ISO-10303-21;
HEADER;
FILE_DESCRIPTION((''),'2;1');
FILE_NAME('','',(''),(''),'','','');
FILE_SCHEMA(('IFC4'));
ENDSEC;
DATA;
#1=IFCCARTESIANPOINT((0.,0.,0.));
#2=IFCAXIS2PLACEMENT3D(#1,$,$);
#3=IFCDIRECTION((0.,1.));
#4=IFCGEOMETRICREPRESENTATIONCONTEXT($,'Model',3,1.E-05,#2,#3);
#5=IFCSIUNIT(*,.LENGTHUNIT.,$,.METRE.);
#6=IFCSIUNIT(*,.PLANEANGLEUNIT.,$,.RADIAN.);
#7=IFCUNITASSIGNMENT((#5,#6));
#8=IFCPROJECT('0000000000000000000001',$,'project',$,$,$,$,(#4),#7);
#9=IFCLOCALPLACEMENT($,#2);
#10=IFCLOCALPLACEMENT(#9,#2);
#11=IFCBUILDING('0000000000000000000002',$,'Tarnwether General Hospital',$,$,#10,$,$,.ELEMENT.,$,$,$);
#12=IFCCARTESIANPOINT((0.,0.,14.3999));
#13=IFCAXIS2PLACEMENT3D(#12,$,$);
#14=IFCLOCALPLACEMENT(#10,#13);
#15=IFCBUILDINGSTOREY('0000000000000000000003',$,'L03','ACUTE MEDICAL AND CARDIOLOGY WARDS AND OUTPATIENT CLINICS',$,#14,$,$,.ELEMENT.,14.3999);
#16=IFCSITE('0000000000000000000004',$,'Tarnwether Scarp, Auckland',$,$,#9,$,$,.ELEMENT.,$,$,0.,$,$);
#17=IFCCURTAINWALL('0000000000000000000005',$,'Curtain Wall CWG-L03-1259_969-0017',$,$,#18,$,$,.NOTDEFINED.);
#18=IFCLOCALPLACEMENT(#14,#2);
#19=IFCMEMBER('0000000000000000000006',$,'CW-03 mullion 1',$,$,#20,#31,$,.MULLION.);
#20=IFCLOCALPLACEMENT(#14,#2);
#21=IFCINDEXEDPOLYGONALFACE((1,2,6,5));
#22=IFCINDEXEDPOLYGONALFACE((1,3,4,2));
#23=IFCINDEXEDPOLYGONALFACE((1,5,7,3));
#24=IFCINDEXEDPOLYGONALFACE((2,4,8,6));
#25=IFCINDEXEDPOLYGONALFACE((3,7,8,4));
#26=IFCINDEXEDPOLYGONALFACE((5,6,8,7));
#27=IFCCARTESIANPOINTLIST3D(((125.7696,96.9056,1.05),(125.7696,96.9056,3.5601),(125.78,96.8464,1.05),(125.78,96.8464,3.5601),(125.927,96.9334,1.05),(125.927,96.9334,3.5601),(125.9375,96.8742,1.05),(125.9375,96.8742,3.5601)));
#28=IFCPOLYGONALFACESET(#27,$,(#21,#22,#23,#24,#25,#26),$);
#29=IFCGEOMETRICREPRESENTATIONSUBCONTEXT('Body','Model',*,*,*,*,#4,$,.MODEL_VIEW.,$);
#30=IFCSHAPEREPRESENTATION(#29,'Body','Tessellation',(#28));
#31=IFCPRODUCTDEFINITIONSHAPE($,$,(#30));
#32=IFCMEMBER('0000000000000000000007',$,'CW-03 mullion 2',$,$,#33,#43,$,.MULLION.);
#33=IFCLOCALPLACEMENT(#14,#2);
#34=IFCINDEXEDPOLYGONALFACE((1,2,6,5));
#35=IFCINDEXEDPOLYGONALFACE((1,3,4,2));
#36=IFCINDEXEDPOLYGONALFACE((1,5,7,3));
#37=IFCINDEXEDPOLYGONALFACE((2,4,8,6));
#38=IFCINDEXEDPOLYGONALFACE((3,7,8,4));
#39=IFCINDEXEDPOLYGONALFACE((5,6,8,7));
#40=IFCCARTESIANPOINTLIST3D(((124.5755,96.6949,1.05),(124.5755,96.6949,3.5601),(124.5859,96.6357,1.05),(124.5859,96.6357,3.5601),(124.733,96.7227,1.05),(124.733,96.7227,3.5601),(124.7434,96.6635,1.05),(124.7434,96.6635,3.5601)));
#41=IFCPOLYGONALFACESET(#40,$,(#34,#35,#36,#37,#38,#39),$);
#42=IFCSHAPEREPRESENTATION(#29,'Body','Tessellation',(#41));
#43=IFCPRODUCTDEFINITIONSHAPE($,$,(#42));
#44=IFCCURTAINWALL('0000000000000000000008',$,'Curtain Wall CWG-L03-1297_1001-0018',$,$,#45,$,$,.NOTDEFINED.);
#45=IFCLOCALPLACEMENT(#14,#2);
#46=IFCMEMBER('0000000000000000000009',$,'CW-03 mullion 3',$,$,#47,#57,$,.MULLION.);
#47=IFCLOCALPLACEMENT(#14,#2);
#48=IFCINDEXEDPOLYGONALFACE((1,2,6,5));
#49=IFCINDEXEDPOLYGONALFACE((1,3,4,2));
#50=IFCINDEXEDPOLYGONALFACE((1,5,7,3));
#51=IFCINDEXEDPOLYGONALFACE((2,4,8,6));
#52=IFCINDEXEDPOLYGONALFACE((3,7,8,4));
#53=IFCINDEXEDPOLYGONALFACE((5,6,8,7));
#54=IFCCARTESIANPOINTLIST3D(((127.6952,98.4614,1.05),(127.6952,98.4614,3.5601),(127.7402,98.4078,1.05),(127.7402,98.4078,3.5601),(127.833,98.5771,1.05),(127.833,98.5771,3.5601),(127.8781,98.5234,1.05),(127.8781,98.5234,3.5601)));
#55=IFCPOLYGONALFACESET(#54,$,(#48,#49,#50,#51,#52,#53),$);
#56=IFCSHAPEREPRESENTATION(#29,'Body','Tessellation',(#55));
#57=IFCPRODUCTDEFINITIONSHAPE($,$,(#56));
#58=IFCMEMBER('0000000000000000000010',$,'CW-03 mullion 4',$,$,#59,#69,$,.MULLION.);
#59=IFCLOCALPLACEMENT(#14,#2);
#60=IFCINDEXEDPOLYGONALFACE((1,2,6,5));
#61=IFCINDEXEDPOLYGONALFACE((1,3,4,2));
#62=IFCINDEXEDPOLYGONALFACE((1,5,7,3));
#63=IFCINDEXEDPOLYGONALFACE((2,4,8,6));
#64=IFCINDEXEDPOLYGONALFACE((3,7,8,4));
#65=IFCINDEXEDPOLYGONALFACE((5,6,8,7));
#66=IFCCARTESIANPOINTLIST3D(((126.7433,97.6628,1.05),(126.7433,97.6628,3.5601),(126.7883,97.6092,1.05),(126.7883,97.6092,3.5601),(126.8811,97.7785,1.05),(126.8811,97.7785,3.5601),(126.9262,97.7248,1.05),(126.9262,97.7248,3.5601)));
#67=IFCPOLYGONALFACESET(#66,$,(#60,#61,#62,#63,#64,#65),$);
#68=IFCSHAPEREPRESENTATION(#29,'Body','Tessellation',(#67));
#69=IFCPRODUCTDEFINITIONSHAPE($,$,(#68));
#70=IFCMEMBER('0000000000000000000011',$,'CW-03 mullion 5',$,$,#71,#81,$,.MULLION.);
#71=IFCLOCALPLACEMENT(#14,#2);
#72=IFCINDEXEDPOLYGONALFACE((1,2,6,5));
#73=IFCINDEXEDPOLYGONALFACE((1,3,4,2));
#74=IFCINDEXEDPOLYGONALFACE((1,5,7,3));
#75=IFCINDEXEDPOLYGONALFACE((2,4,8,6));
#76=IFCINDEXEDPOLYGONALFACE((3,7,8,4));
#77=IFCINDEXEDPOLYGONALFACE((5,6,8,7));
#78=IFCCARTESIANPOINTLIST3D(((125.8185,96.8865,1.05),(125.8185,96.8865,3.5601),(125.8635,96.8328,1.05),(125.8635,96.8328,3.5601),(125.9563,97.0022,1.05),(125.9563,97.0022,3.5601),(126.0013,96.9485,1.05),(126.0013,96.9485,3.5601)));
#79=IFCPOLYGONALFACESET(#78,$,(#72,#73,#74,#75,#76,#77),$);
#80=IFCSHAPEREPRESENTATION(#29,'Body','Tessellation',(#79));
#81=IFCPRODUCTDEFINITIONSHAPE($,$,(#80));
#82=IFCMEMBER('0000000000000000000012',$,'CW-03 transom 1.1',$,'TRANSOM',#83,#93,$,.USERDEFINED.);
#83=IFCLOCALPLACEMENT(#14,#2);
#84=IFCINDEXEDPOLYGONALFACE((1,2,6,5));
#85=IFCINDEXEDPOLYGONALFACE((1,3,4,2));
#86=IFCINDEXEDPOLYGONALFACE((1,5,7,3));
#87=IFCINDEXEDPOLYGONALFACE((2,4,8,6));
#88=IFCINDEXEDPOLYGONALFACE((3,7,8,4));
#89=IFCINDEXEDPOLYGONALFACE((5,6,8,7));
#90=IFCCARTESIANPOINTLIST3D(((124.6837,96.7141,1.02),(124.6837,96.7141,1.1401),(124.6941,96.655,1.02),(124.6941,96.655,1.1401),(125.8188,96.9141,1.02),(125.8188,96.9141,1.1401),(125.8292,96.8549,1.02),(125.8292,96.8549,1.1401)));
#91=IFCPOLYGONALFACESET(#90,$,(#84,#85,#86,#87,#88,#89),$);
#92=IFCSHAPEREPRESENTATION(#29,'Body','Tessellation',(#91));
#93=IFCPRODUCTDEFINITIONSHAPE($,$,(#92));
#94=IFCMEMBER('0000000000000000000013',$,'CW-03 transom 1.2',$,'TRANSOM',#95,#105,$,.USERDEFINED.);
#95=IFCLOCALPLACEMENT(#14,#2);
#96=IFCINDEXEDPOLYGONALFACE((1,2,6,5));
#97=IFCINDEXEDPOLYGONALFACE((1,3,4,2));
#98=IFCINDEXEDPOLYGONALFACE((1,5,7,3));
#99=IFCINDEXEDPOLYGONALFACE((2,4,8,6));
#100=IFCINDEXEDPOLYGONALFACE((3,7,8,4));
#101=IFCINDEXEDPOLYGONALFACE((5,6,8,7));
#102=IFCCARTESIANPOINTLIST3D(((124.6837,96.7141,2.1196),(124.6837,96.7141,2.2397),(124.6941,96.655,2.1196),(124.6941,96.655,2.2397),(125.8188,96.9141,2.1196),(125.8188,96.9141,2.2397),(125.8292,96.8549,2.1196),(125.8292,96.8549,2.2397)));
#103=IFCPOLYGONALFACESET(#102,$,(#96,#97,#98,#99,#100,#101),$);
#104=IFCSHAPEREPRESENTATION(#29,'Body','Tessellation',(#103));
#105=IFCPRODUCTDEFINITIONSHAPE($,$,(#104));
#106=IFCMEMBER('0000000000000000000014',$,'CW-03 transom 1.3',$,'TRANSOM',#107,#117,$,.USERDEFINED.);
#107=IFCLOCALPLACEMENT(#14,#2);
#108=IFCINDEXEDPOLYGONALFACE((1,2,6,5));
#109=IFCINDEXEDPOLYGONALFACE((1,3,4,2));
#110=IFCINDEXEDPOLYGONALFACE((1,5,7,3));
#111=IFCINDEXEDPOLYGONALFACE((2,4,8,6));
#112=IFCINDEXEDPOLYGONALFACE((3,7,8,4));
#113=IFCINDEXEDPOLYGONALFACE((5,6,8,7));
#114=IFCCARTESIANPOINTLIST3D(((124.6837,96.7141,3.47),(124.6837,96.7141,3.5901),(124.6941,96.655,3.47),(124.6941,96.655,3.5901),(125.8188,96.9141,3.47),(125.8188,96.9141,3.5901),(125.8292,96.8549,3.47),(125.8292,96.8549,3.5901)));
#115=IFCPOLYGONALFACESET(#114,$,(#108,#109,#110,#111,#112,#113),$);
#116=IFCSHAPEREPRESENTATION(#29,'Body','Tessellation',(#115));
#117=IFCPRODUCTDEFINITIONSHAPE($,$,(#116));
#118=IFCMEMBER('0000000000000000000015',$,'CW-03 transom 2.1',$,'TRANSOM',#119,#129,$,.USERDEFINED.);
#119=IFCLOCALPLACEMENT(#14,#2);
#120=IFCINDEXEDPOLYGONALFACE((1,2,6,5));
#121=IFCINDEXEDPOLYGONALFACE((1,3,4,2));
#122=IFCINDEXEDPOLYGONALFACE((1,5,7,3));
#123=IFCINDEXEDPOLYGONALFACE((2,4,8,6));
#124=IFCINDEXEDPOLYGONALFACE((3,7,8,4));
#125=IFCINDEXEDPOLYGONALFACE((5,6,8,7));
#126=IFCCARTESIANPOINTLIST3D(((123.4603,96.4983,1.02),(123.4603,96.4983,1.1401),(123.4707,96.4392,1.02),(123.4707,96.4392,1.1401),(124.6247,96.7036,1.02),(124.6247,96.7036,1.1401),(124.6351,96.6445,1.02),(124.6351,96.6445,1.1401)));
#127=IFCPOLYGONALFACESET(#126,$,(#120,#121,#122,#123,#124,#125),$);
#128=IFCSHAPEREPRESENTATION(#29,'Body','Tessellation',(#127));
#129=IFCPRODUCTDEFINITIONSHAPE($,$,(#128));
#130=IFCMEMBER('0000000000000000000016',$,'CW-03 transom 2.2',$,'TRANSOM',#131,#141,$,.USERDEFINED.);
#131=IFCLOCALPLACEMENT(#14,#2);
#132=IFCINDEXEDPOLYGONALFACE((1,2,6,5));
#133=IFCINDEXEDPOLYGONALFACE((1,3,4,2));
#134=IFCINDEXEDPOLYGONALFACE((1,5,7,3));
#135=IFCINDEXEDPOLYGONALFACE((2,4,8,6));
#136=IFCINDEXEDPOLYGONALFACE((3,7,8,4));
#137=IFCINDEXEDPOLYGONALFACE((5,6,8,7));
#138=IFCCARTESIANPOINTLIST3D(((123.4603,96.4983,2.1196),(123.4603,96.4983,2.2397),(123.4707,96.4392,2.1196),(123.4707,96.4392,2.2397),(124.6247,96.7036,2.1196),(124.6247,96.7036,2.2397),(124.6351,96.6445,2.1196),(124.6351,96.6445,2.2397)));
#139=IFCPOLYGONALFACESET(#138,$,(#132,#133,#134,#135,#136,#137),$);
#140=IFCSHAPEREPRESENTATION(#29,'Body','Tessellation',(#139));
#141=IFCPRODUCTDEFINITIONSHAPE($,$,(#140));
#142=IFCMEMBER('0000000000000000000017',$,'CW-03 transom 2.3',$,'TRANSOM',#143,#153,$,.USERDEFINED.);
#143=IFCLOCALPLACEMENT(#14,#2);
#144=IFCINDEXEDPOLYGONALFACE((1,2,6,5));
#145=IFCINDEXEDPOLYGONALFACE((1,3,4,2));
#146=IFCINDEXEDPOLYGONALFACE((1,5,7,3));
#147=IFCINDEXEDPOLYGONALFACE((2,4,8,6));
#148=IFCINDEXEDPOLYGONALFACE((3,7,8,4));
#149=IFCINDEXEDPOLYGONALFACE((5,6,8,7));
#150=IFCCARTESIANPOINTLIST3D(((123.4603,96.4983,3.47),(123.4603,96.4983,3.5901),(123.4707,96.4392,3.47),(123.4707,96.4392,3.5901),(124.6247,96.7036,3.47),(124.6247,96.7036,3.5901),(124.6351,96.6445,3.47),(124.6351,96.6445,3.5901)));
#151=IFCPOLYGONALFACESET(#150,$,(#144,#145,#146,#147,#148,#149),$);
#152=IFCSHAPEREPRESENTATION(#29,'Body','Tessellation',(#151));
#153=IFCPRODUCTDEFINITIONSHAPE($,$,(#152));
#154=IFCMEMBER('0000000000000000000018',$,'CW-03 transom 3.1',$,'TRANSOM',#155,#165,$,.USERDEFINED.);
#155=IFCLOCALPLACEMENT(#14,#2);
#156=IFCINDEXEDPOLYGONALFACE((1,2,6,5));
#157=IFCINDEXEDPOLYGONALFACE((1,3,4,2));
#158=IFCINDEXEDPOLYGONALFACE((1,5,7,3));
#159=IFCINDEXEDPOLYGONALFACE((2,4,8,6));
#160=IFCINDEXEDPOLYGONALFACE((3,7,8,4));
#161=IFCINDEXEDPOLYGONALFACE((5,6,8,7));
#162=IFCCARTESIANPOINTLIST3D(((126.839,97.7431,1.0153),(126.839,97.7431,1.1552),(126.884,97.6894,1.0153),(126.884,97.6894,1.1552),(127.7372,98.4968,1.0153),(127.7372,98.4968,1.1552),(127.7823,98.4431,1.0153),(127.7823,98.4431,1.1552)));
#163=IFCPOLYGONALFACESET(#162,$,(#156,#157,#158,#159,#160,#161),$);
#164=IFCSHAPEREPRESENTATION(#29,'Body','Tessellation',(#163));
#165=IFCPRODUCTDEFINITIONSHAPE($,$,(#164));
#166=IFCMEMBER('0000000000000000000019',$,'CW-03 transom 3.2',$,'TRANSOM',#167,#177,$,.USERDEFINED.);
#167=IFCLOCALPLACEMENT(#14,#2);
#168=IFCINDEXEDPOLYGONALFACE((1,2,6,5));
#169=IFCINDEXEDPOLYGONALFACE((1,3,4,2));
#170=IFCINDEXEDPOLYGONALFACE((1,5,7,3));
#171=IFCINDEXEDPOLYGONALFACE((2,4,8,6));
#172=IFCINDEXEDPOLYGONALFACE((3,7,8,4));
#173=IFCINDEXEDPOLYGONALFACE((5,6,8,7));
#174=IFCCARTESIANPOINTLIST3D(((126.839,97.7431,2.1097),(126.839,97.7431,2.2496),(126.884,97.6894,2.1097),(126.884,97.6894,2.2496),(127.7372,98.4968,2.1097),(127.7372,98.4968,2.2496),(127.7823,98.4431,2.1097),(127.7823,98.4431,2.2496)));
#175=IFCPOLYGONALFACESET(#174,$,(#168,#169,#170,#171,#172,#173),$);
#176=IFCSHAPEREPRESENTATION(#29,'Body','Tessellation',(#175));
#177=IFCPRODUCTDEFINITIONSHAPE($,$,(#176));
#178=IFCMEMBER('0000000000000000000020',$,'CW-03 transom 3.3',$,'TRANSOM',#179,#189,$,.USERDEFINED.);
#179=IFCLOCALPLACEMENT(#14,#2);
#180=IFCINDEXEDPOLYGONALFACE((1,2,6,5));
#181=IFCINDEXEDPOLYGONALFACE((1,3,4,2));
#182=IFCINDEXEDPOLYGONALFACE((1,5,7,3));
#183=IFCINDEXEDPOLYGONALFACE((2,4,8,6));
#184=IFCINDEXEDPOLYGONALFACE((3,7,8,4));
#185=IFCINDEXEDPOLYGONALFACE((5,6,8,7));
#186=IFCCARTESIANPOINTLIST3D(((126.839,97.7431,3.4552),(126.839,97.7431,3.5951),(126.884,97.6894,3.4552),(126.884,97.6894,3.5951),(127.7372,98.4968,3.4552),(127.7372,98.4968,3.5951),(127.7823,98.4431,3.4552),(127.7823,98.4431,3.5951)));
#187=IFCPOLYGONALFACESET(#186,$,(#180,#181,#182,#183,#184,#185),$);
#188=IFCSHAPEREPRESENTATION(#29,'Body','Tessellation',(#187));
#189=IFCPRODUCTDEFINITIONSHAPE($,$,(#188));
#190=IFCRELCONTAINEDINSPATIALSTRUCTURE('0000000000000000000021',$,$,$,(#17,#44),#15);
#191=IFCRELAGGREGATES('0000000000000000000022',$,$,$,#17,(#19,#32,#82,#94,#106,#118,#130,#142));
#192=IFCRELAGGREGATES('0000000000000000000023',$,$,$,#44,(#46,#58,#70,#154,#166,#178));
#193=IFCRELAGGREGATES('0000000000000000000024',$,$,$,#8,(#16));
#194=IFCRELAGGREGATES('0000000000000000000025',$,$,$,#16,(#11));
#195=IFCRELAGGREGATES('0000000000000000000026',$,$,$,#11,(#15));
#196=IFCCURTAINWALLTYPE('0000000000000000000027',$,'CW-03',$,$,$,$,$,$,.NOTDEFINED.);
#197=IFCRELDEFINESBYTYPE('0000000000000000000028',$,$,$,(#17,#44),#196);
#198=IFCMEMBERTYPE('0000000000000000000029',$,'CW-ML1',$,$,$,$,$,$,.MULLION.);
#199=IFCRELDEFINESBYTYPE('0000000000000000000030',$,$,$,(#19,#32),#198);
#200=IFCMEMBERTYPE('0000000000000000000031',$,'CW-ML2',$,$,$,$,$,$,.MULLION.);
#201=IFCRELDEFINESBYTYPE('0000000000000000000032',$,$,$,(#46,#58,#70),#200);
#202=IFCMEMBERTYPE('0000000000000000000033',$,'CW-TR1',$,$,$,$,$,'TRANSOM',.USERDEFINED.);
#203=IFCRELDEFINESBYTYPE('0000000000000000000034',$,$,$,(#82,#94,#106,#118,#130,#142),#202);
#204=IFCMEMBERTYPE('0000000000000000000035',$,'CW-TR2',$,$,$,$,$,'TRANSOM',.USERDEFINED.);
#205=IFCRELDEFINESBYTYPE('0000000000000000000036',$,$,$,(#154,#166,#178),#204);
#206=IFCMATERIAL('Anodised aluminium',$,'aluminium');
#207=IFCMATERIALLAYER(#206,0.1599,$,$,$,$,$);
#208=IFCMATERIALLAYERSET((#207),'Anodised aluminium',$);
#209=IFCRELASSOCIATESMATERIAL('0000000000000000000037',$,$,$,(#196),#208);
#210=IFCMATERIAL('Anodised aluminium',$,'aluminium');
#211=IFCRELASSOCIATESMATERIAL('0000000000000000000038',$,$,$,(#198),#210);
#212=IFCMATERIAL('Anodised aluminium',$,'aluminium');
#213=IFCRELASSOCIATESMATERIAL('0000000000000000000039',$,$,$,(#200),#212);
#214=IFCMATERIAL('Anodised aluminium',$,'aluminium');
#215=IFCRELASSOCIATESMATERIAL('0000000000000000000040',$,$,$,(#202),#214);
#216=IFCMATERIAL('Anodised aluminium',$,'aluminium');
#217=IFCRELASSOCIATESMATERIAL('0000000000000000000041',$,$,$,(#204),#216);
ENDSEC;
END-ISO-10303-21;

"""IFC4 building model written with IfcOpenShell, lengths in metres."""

from ifc_helpers import new_model, si_unit, direction, frame, origin, origin_2d, place, context, subcontext, project, spatial, rectangle, extrude, material, layer, layer_set, material_profile, profile_set, type_object, element, aggregate, save


model = new_model("IFC4")

# Units and contexts
model_context = context("Model", 3, precision=1e-05, world=origin(), true_north=direction((0.0, 1.0)))
body_context = subcontext(model_context, "Body", "Model", "MODEL_VIEW")
ifc_project = project(units=[si_unit("LENGTHUNIT", "METRE"), si_unit("PLANEANGLEUNIT", "RADIAN")], contexts=[model_context])

# Site, building, storey
site_placement = place(None, origin())
site = spatial("IfcSite", under=ifc_project, at=site_placement, Name="Tarnwether Scarp, Auckland", CompositionType="ELEMENT", RefElevation=0.0)
building_placement = place(site_placement, origin())
building = spatial("IfcBuilding", under=site, at=building_placement, Name="Tarnwether General Hospital", CompositionType="ELEMENT")
storey_placement = place(building_placement, frame((0.0, 0.0, 14.3999)))
storey = spatial("IfcBuildingStorey", under=building, at=storey_placement, Name="L03", Description="ACUTE MEDICAL AND CARDIOLOGY WARDS AND OUTPATIENT CLINICS", CompositionType="ELEMENT", Elevation=14.3999)

# Curtain walls, members
ifc_material_1 = material(Name="Anodised aluminium", Category="aluminium")
ifc_layer_1 = layer(ifc_material_1, 0.1599)
ifc_layer_set_1 = layer_set([ifc_layer_1], Name="Anodised aluminium")
curtain_wall_type = type_object("IfcCurtainWallType", Name="CW-03", PredefinedType="NOTDEFINED", material=ifc_layer_set_1)
curtain_wall_1_placement = place(storey_placement, origin())
curtain_wall_1 = element("IfcCurtainWall", 1, at=curtain_wall_1_placement, inside=storey, type_object=curtain_wall_type, Name="Curtain Wall CWG-L03-1259_969-0017", PredefinedType="NOTDEFINED")
ifc_material_2 = material(Name="Anodised aluminium", Category="aluminium")
ifc_material_profile_1 = material_profile(ifc_material_2, rectangle(XDim=0.0601, YDim=0.1599, at=origin_2d()), Name="ALU-MUL-60x160")
ifc_profile_set_1 = profile_set([ifc_material_profile_1], Name="Anodised aluminium")
member_type_1 = type_object("IfcMemberType", Name="CW-ML1", PredefinedType="MULLION", material=ifc_profile_set_1)
member_1_placement = place(storey_placement, frame((125.8535, 96.8899, 1.05), z_axis=(0.0, 0.0, 1.0), x_axis=(0.173659, -0.984806, 0.0)))
member_1 = element("IfcMember", 2, at=member_1_placement, type_object=member_type_1, Name="CW-03 mullion 1", PredefinedType="MULLION", context=body_context, shape_type="SweptSolid", body=[
    extrude(rectangle(XDim=0.0601, YDim=0.1599, at=origin_2d()), origin(), (0.0, 0.0, 1.0), 2.51),
])
member_2_placement = place(storey_placement, frame((124.6594, 96.6792, 1.05), z_axis=(0.0, 0.0, 1.0), x_axis=(0.173659, -0.984806, 0.0)))
member_2 = element("IfcMember", 3, at=member_2_placement, type_object=member_type_1, Name="CW-03 mullion 2", PredefinedType="MULLION", context=body_context, shape_type="SweptSolid", body=[
    extrude(rectangle(XDim=0.0601, YDim=0.1599, at=origin_2d()), origin(), (0.0, 0.0, 1.0), 2.51),
])
curtain_wall_2_placement = place(storey_placement, origin())
curtain_wall_2 = element("IfcCurtainWall", 4, at=curtain_wall_2_placement, inside=storey, type_object=curtain_wall_type, Name="Curtain Wall CWG-L03-1297_1001-0018", PredefinedType="NOTDEFINED")
ifc_material_3 = material(Name="Anodised aluminium", Category="aluminium")
ifc_material_profile_2 = material_profile(ifc_material_3, rectangle(XDim=0.0701, YDim=0.1799, at=origin_2d()), Name="ALU-MUL-70x180")
ifc_profile_set_2 = profile_set([ifc_material_profile_2], Name="Anodised aluminium")
member_type_2 = type_object("IfcMemberType", Name="CW-ML2", PredefinedType="MULLION", material=ifc_profile_set_2)
member_3_placement = place(storey_placement, frame((127.7866, 98.4924, 1.05), z_axis=(0.0, 0.0, 1.0), x_axis=(0.642852, -0.76599, 0.0)))
member_3 = element("IfcMember", 5, at=member_3_placement, type_object=member_type_2, Name="CW-03 mullion 3", PredefinedType="MULLION", context=body_context, shape_type="SweptSolid", body=[
    extrude(rectangle(XDim=0.0701, YDim=0.1799, at=origin_2d()), origin(), (0.0, 0.0, 1.0), 2.51),
])
member_4_placement = place(storey_placement, frame((126.8347, 97.6938, 1.05), z_axis=(0.0, 0.0, 1.0), x_axis=(0.642852, -0.76599, 0.0)))
member_4 = element("IfcMember", 6, at=member_4_placement, type_object=member_type_2, Name="CW-03 mullion 4", PredefinedType="MULLION", context=body_context, shape_type="SweptSolid", body=[
    extrude(rectangle(XDim=0.0701, YDim=0.1799, at=origin_2d()), origin(), (0.0, 0.0, 1.0), 2.51),
])
member_5_placement = place(storey_placement, frame((125.9099, 96.9175, 1.05), z_axis=(0.0, 0.0, 1.0), x_axis=(0.642852, -0.76599, 0.0)))
member_5 = element("IfcMember", 7, at=member_5_placement, type_object=member_type_2, Name="CW-03 mullion 5", PredefinedType="MULLION", context=body_context, shape_type="SweptSolid", body=[
    extrude(rectangle(XDim=0.0701, YDim=0.1799, at=origin_2d()), origin(), (0.0, 0.0, 1.0), 2.51),
])

# Members
ifc_material_4 = material(Name="Anodised aluminium", Category="aluminium")
ifc_material_profile_3 = material_profile(ifc_material_4, rectangle(XDim=0.0601, YDim=0.1201, at=origin_2d()), Name="ALU-TRN-60x120")
ifc_profile_set_3 = profile_set([ifc_material_profile_3], Name="Anodised aluminium")
member_type_3 = type_object("IfcMemberType", Name="CW-TR1", ElementType="TRANSOM", PredefinedType="USERDEFINED", material=ifc_profile_set_3)
member_6_placement = place(storey_placement, frame((125.824, 96.8845, 1.0801), z_axis=(-0.984835, -0.173495, 0.0), x_axis=(0.173495, -0.984835, 0.0)))
member_6 = element("IfcMember", 8, at=member_6_placement, type_object=member_type_3, Name="CW-03 transom 1.1", ObjectType="TRANSOM", PredefinedType="USERDEFINED", context=body_context, shape_type="SweptSolid", body=[
    extrude(rectangle(XDim=0.0601, YDim=0.1201, at=origin_2d()), origin(), (0.0, 0.0, 1.0), 1.1526),
])
member_7_placement = place(storey_placement, frame((125.824, 96.8845, 2.1797), z_axis=(-0.984835, -0.173495, 0.0), x_axis=(0.173495, -0.984835, 0.0)))
member_7 = element("IfcMember", 9, at=member_7_placement, type_object=member_type_3, Name="CW-03 transom 1.2", ObjectType="TRANSOM", PredefinedType="USERDEFINED", context=body_context, shape_type="SweptSolid", body=[
    extrude(rectangle(XDim=0.0601, YDim=0.1201, at=origin_2d()), origin(), (0.0, 0.0, 1.0), 1.1526),
])
member_8_placement = place(storey_placement, frame((125.824, 96.8845, 3.53), z_axis=(-0.984835, -0.173495, 0.0), x_axis=(0.173495, -0.984835, 0.0)))
member_8 = element("IfcMember", 10, at=member_8_placement, type_object=member_type_3, Name="CW-03 transom 1.3", ObjectType="TRANSOM", PredefinedType="USERDEFINED", context=body_context, shape_type="SweptSolid", body=[
    extrude(rectangle(XDim=0.0601, YDim=0.1201, at=origin_2d()), origin(), (0.0, 0.0, 1.0), 1.1526),
])
member_9_placement = place(storey_placement, frame((124.6299, 96.6741, 1.0801), z_axis=(-0.984804, -0.173668, 0.0), x_axis=(0.173668, -0.984804, 0.0)))
member_9 = element("IfcMember", 11, at=member_9_placement, type_object=member_type_3, Name="CW-03 transom 2.1", ObjectType="TRANSOM", PredefinedType="USERDEFINED", context=body_context, shape_type="SweptSolid", body=[
    extrude(rectangle(XDim=0.0601, YDim=0.1201, at=origin_2d()), origin(), (0.0, 0.0, 1.0), 1.1824),
])
member_10_placement = place(storey_placement, frame((124.6299, 96.6741, 2.1797), z_axis=(-0.984804, -0.173668, 0.0), x_axis=(0.173668, -0.984804, 0.0)))
member_10 = element("IfcMember", 12, at=member_10_placement, type_object=member_type_3, Name="CW-03 transom 2.2", ObjectType="TRANSOM", PredefinedType="USERDEFINED", context=body_context, shape_type="SweptSolid", body=[
    extrude(rectangle(XDim=0.0601, YDim=0.1201, at=origin_2d()), origin(), (0.0, 0.0, 1.0), 1.1824),
])
member_11_placement = place(storey_placement, frame((124.6299, 96.6741, 3.53), z_axis=(-0.984804, -0.173668, 0.0), x_axis=(0.173668, -0.984804, 0.0)))
member_11 = element("IfcMember", 13, at=member_11_placement, type_object=member_type_3, Name="CW-03 transom 2.3", ObjectType="TRANSOM", PredefinedType="USERDEFINED", context=body_context, shape_type="SweptSolid", body=[
    extrude(rectangle(XDim=0.0601, YDim=0.1201, at=origin_2d()), origin(), (0.0, 0.0, 1.0), 1.1824),
])
ifc_material_5 = material(Name="Anodised aluminium", Category="aluminium")
ifc_material_profile_4 = material_profile(ifc_material_5, rectangle(XDim=0.0701, YDim=0.1399, at=origin_2d()), Name="ALU-TRN-70x140")
ifc_profile_set_4 = profile_set([ifc_material_profile_4], Name="Anodised aluminium")
member_type_4 = type_object("IfcMemberType", Name="CW-TR2", ElementType="TRANSOM", PredefinedType="USERDEFINED", material=ifc_profile_set_4)
member_12_placement = place(storey_placement, frame((127.7598, 98.47, 1.0852), z_axis=(-0.766049, -0.642782, 0.0), x_axis=(0.642782, -0.766049, 0.0)))
member_12 = element("IfcMember", 14, at=member_12_placement, type_object=member_type_4, Name="CW-03 transom 3.1", ObjectType="TRANSOM", PredefinedType="USERDEFINED", context=body_context, shape_type="SweptSolid", body=[
    extrude(rectangle(XDim=0.0701, YDim=0.1399, at=origin_2d()), origin(), (0.0, 0.0, 1.0), 1.1726),
])
member_13_placement = place(storey_placement, frame((127.7598, 98.47, 2.1797), z_axis=(-0.766049, -0.642782, 0.0), x_axis=(0.642782, -0.766049, 0.0)))
member_13 = element("IfcMember", 15, at=member_13_placement, type_object=member_type_4, Name="CW-03 transom 3.2", ObjectType="TRANSOM", PredefinedType="USERDEFINED", context=body_context, shape_type="SweptSolid", body=[
    extrude(rectangle(XDim=0.0701, YDim=0.1399, at=origin_2d()), origin(), (0.0, 0.0, 1.0), 1.1726),
])
member_14_placement = place(storey_placement, frame((127.7598, 98.47, 3.5251), z_axis=(-0.766049, -0.642782, 0.0), x_axis=(0.642782, -0.766049, 0.0)))
member_14 = element("IfcMember", 16, at=member_14_placement, type_object=member_type_4, Name="CW-03 transom 3.3", ObjectType="TRANSOM", PredefinedType="USERDEFINED", context=body_context, shape_type="SweptSolid", body=[
    extrude(rectangle(XDim=0.0701, YDim=0.1399, at=origin_2d()), origin(), (0.0, 0.0, 1.0), 1.1726),
])

aggregate(curtain_wall_1, [member_1, member_2, member_6, member_7, member_8, member_9, member_10, member_11])
aggregate(curtain_wall_2, [member_3, member_4, member_5, member_12, member_13, member_14])

save(model, "model.ifc")
